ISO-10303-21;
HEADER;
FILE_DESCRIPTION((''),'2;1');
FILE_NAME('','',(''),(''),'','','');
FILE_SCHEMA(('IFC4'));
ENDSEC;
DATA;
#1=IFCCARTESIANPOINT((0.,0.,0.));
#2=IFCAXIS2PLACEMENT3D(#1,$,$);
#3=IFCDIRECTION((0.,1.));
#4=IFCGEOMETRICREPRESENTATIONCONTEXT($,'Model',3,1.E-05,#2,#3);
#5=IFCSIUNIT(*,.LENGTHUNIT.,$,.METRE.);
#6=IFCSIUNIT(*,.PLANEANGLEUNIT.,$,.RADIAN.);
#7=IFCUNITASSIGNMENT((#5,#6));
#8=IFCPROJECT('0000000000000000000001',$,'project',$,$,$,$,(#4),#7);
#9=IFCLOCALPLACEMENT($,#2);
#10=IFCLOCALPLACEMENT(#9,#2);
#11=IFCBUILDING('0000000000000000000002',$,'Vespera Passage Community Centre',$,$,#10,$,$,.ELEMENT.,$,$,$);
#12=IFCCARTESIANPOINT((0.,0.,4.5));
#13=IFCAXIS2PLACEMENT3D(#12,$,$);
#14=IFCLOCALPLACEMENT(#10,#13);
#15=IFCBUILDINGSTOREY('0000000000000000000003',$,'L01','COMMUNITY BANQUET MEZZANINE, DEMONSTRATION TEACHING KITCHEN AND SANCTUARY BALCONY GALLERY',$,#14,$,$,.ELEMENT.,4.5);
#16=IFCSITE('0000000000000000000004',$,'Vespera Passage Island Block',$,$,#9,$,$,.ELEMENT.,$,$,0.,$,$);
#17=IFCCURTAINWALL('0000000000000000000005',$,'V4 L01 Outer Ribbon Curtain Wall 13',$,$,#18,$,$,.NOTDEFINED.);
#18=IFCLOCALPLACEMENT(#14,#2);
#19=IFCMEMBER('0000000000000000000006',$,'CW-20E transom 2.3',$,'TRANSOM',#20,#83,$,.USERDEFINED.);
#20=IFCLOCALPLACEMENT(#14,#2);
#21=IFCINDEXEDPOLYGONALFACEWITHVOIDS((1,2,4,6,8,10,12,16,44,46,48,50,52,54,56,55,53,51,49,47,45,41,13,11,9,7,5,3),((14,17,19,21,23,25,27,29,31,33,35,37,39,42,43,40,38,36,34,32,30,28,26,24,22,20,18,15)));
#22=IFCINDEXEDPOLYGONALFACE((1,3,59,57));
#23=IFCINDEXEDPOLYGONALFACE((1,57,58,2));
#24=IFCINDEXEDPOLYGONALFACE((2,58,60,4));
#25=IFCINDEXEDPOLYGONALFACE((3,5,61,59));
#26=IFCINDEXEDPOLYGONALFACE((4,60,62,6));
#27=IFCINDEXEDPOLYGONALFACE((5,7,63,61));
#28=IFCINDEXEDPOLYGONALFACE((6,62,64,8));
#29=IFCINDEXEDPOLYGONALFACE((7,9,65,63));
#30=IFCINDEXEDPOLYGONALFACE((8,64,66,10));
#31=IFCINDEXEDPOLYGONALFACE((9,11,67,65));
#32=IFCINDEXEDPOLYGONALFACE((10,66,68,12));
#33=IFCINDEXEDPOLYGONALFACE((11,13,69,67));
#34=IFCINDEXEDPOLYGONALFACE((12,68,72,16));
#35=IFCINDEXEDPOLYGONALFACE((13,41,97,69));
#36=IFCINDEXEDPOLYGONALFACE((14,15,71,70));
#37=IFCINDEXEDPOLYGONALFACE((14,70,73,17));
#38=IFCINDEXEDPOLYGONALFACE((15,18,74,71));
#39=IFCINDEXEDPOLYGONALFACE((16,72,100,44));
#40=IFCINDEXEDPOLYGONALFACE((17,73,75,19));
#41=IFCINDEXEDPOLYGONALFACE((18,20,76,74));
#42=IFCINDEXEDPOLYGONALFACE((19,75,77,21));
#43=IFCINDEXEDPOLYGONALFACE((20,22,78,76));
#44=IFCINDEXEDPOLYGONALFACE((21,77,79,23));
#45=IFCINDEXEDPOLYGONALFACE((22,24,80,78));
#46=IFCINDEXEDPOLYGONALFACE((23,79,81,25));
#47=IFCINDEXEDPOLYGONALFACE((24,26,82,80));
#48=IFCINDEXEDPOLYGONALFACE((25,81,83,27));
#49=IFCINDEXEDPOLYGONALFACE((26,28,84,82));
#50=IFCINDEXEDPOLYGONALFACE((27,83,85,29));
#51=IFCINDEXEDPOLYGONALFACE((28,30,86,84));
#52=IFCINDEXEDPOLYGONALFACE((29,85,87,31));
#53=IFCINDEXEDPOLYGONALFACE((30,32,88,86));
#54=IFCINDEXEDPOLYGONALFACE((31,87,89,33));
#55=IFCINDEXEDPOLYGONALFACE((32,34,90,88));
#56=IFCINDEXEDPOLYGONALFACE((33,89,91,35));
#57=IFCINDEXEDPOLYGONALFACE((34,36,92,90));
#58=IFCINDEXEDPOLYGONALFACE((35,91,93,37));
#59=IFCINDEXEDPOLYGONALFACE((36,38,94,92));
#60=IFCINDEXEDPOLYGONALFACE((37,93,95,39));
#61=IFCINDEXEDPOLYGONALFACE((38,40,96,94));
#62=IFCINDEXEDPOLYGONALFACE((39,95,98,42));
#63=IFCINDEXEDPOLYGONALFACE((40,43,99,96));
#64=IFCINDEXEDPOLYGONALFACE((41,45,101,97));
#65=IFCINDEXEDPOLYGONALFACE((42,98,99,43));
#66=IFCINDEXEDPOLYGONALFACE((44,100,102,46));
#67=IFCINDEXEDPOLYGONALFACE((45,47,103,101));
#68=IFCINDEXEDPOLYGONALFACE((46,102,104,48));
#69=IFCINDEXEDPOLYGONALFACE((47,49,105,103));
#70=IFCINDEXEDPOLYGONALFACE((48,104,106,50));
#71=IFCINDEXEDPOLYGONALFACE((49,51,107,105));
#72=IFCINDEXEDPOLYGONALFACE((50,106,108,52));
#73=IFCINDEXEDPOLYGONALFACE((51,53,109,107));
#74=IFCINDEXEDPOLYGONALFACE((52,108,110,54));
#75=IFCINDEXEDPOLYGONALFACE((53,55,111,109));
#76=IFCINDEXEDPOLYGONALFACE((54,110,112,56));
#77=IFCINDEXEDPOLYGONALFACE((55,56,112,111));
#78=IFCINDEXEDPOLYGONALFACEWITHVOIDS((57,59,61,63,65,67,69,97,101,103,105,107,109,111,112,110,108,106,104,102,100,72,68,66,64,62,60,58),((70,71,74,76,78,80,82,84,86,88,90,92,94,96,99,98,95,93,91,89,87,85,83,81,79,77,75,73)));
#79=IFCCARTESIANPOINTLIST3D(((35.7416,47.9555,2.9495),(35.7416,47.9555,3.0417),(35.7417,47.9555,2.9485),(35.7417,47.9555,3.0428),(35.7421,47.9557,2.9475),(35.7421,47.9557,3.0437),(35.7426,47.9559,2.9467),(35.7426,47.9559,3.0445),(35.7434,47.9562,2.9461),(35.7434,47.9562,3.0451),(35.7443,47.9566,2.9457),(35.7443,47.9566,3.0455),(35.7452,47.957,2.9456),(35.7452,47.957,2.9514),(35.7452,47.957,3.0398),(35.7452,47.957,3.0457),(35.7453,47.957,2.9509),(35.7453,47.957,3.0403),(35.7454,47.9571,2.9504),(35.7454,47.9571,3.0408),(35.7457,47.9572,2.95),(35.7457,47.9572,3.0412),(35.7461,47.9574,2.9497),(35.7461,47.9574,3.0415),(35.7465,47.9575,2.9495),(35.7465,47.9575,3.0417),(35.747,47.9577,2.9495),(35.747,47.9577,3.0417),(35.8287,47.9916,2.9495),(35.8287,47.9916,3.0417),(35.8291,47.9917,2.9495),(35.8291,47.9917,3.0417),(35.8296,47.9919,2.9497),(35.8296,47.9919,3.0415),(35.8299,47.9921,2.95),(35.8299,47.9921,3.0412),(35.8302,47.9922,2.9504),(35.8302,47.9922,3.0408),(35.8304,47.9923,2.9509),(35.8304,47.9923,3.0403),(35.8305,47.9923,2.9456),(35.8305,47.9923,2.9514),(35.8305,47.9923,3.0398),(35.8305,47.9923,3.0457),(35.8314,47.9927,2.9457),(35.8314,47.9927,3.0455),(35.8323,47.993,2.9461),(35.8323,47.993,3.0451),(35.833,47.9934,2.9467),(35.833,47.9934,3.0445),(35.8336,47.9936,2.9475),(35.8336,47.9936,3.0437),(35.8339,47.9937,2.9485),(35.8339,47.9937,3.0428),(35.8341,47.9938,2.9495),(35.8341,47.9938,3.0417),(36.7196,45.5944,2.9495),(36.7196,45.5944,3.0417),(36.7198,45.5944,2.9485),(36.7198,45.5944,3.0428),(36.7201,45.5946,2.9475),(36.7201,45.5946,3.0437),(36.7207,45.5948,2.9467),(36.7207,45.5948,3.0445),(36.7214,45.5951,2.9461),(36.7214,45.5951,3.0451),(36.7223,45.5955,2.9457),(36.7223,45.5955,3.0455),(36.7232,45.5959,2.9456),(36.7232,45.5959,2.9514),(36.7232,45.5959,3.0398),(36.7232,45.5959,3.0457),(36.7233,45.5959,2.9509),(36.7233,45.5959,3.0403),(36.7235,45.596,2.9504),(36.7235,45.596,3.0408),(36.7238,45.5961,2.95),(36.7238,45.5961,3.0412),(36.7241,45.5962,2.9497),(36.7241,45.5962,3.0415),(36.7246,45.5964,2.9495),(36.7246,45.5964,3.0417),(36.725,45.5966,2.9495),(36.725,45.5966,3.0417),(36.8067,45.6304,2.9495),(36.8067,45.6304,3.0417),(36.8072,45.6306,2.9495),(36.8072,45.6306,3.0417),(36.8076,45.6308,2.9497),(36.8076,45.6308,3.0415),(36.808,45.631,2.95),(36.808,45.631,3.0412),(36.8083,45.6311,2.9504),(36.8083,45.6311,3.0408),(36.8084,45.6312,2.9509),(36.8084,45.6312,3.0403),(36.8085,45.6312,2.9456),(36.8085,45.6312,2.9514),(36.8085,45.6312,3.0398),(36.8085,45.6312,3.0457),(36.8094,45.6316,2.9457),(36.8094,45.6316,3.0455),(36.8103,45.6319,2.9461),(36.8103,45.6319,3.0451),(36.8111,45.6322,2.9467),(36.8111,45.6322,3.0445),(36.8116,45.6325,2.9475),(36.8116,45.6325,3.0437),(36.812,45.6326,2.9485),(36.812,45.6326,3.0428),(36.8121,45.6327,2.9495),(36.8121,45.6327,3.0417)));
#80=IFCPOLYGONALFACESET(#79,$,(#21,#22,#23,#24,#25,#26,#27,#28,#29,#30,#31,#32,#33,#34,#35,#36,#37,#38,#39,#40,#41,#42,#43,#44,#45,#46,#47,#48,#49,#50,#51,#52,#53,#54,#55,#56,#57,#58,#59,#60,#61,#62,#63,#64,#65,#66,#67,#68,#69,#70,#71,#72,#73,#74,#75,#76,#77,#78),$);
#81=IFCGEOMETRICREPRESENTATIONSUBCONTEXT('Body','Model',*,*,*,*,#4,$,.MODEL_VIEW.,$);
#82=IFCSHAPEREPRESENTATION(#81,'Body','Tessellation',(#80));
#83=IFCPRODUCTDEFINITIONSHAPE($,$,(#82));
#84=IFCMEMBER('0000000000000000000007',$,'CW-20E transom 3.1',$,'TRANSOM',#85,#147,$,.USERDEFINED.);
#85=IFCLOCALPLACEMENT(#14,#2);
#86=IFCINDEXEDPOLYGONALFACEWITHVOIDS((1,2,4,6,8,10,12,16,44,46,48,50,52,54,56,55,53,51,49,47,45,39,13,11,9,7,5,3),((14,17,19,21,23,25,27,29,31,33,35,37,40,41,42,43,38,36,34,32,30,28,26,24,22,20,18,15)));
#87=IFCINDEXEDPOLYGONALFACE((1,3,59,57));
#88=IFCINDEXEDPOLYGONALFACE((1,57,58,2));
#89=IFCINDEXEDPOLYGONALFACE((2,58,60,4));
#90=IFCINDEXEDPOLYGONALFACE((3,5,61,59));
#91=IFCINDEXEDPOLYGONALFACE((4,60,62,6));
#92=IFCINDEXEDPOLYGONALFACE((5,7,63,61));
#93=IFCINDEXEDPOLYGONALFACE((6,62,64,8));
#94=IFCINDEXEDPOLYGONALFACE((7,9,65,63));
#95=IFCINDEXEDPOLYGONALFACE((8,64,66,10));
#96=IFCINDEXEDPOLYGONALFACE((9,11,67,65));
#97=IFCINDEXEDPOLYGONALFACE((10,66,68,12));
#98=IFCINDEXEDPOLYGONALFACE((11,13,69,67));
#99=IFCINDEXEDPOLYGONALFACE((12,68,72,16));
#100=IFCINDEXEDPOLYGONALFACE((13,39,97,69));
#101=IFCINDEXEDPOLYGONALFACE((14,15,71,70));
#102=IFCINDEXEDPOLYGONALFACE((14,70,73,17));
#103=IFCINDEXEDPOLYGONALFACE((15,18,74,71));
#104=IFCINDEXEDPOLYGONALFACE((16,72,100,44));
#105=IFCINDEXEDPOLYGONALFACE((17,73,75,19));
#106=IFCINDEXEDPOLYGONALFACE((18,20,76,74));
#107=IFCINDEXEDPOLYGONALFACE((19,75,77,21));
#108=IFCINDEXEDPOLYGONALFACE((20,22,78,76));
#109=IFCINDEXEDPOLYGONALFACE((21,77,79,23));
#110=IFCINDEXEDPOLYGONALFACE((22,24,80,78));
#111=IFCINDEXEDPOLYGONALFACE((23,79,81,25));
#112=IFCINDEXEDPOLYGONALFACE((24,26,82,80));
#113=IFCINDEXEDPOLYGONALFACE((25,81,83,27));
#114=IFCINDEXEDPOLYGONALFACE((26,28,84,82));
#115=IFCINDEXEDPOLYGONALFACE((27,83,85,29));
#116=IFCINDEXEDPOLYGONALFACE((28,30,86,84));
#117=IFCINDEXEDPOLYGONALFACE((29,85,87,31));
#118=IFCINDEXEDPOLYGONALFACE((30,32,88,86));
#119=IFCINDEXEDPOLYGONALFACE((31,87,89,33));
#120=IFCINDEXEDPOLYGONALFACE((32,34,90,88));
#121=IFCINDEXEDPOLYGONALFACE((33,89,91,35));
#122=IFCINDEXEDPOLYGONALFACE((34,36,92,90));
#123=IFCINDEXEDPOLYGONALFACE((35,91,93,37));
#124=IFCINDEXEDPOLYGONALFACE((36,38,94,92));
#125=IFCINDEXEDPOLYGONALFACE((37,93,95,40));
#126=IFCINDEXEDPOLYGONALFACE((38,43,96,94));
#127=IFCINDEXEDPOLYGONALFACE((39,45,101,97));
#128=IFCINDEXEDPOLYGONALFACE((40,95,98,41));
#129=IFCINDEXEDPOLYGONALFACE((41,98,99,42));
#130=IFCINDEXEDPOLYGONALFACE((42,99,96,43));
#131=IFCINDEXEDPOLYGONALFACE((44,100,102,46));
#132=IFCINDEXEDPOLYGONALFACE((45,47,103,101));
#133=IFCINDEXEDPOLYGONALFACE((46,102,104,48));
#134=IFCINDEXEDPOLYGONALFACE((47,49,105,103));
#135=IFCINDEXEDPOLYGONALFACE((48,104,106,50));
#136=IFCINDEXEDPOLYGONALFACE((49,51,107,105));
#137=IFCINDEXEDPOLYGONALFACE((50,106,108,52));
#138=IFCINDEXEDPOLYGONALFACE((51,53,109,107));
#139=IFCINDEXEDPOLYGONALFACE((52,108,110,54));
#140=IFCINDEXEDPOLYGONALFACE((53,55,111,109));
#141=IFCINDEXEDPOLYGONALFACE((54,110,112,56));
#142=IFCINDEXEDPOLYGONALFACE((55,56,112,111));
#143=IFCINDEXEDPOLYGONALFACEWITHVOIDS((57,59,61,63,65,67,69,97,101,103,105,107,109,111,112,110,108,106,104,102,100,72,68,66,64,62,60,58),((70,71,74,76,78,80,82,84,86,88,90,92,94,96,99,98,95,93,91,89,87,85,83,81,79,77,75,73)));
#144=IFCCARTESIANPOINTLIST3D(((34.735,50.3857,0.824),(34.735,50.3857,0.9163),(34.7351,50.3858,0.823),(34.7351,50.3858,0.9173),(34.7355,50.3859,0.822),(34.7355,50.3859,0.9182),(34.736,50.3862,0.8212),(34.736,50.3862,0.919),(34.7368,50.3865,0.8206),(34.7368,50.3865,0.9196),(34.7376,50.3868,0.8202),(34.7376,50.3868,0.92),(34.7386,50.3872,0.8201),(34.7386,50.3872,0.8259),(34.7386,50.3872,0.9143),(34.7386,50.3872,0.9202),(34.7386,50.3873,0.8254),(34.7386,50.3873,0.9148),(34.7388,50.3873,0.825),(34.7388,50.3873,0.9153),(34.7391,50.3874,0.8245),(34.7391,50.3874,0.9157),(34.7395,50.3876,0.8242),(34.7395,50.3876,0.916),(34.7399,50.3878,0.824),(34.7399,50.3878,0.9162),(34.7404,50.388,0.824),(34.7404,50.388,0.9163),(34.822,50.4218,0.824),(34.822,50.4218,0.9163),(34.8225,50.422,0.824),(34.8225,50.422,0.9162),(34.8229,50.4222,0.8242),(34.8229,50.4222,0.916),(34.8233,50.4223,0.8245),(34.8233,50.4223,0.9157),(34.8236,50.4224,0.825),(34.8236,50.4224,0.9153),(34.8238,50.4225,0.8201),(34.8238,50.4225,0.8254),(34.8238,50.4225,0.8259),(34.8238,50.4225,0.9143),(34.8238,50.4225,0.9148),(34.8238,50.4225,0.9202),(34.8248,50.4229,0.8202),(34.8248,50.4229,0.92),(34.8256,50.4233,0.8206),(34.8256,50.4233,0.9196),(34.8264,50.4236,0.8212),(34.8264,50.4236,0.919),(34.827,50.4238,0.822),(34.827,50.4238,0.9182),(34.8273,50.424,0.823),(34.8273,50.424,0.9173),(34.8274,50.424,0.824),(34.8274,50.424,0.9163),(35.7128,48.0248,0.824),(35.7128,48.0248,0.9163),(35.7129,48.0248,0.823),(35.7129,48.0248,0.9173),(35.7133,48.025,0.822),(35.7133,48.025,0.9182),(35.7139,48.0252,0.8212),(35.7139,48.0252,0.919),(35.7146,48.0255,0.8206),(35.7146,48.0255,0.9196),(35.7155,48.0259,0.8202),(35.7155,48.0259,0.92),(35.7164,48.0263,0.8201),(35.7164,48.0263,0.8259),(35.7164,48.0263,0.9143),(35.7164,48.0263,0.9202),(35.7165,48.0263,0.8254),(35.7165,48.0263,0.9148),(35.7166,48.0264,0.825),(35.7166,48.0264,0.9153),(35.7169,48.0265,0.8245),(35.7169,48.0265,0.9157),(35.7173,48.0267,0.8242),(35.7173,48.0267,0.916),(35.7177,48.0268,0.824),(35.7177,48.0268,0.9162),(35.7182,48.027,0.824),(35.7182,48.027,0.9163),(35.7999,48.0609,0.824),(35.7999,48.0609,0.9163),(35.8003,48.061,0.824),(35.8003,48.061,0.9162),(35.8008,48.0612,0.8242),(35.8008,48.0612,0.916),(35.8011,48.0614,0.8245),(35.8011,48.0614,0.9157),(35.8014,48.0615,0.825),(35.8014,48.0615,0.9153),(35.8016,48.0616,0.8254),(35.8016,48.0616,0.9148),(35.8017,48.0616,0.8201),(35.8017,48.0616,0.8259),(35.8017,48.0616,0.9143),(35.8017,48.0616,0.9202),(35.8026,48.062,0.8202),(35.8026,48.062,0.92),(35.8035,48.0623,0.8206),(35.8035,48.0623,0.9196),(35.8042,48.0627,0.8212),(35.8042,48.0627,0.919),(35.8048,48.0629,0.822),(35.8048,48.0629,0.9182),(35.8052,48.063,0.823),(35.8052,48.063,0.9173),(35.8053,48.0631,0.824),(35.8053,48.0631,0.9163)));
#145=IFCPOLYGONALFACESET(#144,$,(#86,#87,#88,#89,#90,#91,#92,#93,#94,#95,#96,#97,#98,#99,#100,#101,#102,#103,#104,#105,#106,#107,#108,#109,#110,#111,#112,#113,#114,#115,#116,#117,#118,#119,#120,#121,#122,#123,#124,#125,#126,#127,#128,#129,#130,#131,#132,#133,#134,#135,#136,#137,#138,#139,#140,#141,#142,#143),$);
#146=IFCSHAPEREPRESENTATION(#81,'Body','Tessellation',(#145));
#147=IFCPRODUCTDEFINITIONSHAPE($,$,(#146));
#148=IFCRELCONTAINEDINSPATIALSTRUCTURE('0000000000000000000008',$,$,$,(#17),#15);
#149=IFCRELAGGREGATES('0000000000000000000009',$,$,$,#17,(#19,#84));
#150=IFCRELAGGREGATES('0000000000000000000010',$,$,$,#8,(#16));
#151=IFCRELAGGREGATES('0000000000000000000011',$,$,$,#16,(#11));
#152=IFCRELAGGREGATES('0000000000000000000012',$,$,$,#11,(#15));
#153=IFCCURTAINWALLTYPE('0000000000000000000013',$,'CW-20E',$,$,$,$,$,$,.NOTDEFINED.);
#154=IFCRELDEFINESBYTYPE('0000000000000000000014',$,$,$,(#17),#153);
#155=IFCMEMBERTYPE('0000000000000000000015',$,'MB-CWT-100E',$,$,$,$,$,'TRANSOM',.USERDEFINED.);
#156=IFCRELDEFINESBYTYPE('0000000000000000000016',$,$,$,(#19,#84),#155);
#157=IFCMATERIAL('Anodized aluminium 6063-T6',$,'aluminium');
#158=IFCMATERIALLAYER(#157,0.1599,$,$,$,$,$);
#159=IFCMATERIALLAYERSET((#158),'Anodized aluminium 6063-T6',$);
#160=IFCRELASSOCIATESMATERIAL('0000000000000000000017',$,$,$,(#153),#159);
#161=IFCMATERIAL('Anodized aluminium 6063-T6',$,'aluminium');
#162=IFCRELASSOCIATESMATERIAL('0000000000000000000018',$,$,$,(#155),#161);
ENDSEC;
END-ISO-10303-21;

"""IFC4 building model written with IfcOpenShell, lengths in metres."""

from ifc_helpers import new_model, si_unit, direction, frame, origin, origin_2d, place, context, subcontext, project, spatial, hollow_rectangle, extrude, material, layer, layer_set, material_profile, profile_set, type_object, element, aggregate, save


model = new_model("IFC4")

# Units and contexts
model_context = context("Model", 3, precision=1e-05, world=origin(), true_north=direction((0.0, 1.0)))
body_context = subcontext(model_context, "Body", "Model", "MODEL_VIEW")
ifc_project = project(units=[si_unit("LENGTHUNIT", "METRE"), si_unit("PLANEANGLEUNIT", "RADIAN")], contexts=[model_context])

# Site, building, storey
site_placement = place(None, origin())
site = spatial("IfcSite", under=ifc_project, at=site_placement, Name="Vespera Passage Island Block", CompositionType="ELEMENT", RefElevation=0.0)
building_placement = place(site_placement, origin())
building = spatial("IfcBuilding", under=site, at=building_placement, Name="Vespera Passage Community Centre", CompositionType="ELEMENT")
storey_placement = place(building_placement, frame((0.0, 0.0, 4.5)))
storey = spatial("IfcBuildingStorey", under=building, at=storey_placement, Name="L01", Description="COMMUNITY BANQUET MEZZANINE, DEMONSTRATION TEACHING KITCHEN AND SANCTUARY BALCONY GALLERY", CompositionType="ELEMENT", Elevation=4.5)

# Curtain wall
ifc_material_1 = material(Name="Anodized aluminium 6063-T6", Category="aluminium")
ifc_layer_1 = layer(ifc_material_1, 0.1599)
ifc_layer_set_1 = layer_set([ifc_layer_1], Name="Anodized aluminium 6063-T6")
curtain_wall_type_1 = type_object("IfcCurtainWallType", Name="CW-20E", PredefinedType="NOTDEFINED", material=ifc_layer_set_1)
curtain_wall_1_placement = place(storey_placement, origin())
curtain_wall_1 = element("IfcCurtainWall", 1, at=curtain_wall_1_placement, inside=storey, type_object=curtain_wall_type_1, Name="V4 L01 Outer Ribbon Curtain Wall 13", PredefinedType="NOTDEFINED")

# Members
ifc_material_2 = material(Name="Anodized aluminium 6063-T6", Category="aluminium")
ifc_material_profile_1 = material_profile(ifc_material_2, hollow_rectangle(XDim=0.1001, YDim=0.1001, WallThickness=0.0039, InnerFilletRadius=0.002, OuterFilletRadius=0.0039, at=origin_2d()), Name="ALU100X100X4")
ifc_profile_set_1 = profile_set([ifc_material_profile_1], Name="Anodized aluminium 6063-T6")
member_type_1 = type_object("IfcMemberType", Name="MB-CWT-100E", ElementType="TRANSOM", PredefinedType="USERDEFINED", material=ifc_profile_set_1)
member_1_placement = place(storey_placement, frame((36.7659, 45.6135, 2.9956), z_axis=(-0.382695, 0.923875, 0.0), x_axis=(-0.923875, -0.382695, 0.0)))
member_1 = element("IfcMember", 2, at=member_1_placement, type_object=member_type_1, Name="CW-20E transom 2.3", ObjectType="TRANSOM", PredefinedType="USERDEFINED", context=body_context, shape_type="SweptSolid", body=[
    extrude(hollow_rectangle(XDim=0.1001, YDim=0.1001, WallThickness=0.0039, InnerFilletRadius=0.002, OuterFilletRadius=0.0039, at=origin_2d()), origin(), (0.0, 0.0, 1.0), 2.5557),
])
member_2_placement = place(storey_placement, frame((35.759, 48.0439, 0.8701), z_axis=(-0.382647, 0.923895, 0.0), x_axis=(-0.923895, -0.382647, 0.0)))
member_2 = element("IfcMember", 3, at=member_2_placement, type_object=member_type_1, Name="CW-20E transom 3.1", ObjectType="TRANSOM", PredefinedType="USERDEFINED", context=body_context, shape_type="SweptSolid", body=[
    extrude(hollow_rectangle(XDim=0.1001, YDim=0.1001, WallThickness=0.0039, InnerFilletRadius=0.002, OuterFilletRadius=0.0039, at=origin_2d()), origin(), (0.0, 0.0, 1.0), 2.5554),
])

aggregate(curtain_wall_1, [member_1, member_2])

save(model, "model.ifc")
